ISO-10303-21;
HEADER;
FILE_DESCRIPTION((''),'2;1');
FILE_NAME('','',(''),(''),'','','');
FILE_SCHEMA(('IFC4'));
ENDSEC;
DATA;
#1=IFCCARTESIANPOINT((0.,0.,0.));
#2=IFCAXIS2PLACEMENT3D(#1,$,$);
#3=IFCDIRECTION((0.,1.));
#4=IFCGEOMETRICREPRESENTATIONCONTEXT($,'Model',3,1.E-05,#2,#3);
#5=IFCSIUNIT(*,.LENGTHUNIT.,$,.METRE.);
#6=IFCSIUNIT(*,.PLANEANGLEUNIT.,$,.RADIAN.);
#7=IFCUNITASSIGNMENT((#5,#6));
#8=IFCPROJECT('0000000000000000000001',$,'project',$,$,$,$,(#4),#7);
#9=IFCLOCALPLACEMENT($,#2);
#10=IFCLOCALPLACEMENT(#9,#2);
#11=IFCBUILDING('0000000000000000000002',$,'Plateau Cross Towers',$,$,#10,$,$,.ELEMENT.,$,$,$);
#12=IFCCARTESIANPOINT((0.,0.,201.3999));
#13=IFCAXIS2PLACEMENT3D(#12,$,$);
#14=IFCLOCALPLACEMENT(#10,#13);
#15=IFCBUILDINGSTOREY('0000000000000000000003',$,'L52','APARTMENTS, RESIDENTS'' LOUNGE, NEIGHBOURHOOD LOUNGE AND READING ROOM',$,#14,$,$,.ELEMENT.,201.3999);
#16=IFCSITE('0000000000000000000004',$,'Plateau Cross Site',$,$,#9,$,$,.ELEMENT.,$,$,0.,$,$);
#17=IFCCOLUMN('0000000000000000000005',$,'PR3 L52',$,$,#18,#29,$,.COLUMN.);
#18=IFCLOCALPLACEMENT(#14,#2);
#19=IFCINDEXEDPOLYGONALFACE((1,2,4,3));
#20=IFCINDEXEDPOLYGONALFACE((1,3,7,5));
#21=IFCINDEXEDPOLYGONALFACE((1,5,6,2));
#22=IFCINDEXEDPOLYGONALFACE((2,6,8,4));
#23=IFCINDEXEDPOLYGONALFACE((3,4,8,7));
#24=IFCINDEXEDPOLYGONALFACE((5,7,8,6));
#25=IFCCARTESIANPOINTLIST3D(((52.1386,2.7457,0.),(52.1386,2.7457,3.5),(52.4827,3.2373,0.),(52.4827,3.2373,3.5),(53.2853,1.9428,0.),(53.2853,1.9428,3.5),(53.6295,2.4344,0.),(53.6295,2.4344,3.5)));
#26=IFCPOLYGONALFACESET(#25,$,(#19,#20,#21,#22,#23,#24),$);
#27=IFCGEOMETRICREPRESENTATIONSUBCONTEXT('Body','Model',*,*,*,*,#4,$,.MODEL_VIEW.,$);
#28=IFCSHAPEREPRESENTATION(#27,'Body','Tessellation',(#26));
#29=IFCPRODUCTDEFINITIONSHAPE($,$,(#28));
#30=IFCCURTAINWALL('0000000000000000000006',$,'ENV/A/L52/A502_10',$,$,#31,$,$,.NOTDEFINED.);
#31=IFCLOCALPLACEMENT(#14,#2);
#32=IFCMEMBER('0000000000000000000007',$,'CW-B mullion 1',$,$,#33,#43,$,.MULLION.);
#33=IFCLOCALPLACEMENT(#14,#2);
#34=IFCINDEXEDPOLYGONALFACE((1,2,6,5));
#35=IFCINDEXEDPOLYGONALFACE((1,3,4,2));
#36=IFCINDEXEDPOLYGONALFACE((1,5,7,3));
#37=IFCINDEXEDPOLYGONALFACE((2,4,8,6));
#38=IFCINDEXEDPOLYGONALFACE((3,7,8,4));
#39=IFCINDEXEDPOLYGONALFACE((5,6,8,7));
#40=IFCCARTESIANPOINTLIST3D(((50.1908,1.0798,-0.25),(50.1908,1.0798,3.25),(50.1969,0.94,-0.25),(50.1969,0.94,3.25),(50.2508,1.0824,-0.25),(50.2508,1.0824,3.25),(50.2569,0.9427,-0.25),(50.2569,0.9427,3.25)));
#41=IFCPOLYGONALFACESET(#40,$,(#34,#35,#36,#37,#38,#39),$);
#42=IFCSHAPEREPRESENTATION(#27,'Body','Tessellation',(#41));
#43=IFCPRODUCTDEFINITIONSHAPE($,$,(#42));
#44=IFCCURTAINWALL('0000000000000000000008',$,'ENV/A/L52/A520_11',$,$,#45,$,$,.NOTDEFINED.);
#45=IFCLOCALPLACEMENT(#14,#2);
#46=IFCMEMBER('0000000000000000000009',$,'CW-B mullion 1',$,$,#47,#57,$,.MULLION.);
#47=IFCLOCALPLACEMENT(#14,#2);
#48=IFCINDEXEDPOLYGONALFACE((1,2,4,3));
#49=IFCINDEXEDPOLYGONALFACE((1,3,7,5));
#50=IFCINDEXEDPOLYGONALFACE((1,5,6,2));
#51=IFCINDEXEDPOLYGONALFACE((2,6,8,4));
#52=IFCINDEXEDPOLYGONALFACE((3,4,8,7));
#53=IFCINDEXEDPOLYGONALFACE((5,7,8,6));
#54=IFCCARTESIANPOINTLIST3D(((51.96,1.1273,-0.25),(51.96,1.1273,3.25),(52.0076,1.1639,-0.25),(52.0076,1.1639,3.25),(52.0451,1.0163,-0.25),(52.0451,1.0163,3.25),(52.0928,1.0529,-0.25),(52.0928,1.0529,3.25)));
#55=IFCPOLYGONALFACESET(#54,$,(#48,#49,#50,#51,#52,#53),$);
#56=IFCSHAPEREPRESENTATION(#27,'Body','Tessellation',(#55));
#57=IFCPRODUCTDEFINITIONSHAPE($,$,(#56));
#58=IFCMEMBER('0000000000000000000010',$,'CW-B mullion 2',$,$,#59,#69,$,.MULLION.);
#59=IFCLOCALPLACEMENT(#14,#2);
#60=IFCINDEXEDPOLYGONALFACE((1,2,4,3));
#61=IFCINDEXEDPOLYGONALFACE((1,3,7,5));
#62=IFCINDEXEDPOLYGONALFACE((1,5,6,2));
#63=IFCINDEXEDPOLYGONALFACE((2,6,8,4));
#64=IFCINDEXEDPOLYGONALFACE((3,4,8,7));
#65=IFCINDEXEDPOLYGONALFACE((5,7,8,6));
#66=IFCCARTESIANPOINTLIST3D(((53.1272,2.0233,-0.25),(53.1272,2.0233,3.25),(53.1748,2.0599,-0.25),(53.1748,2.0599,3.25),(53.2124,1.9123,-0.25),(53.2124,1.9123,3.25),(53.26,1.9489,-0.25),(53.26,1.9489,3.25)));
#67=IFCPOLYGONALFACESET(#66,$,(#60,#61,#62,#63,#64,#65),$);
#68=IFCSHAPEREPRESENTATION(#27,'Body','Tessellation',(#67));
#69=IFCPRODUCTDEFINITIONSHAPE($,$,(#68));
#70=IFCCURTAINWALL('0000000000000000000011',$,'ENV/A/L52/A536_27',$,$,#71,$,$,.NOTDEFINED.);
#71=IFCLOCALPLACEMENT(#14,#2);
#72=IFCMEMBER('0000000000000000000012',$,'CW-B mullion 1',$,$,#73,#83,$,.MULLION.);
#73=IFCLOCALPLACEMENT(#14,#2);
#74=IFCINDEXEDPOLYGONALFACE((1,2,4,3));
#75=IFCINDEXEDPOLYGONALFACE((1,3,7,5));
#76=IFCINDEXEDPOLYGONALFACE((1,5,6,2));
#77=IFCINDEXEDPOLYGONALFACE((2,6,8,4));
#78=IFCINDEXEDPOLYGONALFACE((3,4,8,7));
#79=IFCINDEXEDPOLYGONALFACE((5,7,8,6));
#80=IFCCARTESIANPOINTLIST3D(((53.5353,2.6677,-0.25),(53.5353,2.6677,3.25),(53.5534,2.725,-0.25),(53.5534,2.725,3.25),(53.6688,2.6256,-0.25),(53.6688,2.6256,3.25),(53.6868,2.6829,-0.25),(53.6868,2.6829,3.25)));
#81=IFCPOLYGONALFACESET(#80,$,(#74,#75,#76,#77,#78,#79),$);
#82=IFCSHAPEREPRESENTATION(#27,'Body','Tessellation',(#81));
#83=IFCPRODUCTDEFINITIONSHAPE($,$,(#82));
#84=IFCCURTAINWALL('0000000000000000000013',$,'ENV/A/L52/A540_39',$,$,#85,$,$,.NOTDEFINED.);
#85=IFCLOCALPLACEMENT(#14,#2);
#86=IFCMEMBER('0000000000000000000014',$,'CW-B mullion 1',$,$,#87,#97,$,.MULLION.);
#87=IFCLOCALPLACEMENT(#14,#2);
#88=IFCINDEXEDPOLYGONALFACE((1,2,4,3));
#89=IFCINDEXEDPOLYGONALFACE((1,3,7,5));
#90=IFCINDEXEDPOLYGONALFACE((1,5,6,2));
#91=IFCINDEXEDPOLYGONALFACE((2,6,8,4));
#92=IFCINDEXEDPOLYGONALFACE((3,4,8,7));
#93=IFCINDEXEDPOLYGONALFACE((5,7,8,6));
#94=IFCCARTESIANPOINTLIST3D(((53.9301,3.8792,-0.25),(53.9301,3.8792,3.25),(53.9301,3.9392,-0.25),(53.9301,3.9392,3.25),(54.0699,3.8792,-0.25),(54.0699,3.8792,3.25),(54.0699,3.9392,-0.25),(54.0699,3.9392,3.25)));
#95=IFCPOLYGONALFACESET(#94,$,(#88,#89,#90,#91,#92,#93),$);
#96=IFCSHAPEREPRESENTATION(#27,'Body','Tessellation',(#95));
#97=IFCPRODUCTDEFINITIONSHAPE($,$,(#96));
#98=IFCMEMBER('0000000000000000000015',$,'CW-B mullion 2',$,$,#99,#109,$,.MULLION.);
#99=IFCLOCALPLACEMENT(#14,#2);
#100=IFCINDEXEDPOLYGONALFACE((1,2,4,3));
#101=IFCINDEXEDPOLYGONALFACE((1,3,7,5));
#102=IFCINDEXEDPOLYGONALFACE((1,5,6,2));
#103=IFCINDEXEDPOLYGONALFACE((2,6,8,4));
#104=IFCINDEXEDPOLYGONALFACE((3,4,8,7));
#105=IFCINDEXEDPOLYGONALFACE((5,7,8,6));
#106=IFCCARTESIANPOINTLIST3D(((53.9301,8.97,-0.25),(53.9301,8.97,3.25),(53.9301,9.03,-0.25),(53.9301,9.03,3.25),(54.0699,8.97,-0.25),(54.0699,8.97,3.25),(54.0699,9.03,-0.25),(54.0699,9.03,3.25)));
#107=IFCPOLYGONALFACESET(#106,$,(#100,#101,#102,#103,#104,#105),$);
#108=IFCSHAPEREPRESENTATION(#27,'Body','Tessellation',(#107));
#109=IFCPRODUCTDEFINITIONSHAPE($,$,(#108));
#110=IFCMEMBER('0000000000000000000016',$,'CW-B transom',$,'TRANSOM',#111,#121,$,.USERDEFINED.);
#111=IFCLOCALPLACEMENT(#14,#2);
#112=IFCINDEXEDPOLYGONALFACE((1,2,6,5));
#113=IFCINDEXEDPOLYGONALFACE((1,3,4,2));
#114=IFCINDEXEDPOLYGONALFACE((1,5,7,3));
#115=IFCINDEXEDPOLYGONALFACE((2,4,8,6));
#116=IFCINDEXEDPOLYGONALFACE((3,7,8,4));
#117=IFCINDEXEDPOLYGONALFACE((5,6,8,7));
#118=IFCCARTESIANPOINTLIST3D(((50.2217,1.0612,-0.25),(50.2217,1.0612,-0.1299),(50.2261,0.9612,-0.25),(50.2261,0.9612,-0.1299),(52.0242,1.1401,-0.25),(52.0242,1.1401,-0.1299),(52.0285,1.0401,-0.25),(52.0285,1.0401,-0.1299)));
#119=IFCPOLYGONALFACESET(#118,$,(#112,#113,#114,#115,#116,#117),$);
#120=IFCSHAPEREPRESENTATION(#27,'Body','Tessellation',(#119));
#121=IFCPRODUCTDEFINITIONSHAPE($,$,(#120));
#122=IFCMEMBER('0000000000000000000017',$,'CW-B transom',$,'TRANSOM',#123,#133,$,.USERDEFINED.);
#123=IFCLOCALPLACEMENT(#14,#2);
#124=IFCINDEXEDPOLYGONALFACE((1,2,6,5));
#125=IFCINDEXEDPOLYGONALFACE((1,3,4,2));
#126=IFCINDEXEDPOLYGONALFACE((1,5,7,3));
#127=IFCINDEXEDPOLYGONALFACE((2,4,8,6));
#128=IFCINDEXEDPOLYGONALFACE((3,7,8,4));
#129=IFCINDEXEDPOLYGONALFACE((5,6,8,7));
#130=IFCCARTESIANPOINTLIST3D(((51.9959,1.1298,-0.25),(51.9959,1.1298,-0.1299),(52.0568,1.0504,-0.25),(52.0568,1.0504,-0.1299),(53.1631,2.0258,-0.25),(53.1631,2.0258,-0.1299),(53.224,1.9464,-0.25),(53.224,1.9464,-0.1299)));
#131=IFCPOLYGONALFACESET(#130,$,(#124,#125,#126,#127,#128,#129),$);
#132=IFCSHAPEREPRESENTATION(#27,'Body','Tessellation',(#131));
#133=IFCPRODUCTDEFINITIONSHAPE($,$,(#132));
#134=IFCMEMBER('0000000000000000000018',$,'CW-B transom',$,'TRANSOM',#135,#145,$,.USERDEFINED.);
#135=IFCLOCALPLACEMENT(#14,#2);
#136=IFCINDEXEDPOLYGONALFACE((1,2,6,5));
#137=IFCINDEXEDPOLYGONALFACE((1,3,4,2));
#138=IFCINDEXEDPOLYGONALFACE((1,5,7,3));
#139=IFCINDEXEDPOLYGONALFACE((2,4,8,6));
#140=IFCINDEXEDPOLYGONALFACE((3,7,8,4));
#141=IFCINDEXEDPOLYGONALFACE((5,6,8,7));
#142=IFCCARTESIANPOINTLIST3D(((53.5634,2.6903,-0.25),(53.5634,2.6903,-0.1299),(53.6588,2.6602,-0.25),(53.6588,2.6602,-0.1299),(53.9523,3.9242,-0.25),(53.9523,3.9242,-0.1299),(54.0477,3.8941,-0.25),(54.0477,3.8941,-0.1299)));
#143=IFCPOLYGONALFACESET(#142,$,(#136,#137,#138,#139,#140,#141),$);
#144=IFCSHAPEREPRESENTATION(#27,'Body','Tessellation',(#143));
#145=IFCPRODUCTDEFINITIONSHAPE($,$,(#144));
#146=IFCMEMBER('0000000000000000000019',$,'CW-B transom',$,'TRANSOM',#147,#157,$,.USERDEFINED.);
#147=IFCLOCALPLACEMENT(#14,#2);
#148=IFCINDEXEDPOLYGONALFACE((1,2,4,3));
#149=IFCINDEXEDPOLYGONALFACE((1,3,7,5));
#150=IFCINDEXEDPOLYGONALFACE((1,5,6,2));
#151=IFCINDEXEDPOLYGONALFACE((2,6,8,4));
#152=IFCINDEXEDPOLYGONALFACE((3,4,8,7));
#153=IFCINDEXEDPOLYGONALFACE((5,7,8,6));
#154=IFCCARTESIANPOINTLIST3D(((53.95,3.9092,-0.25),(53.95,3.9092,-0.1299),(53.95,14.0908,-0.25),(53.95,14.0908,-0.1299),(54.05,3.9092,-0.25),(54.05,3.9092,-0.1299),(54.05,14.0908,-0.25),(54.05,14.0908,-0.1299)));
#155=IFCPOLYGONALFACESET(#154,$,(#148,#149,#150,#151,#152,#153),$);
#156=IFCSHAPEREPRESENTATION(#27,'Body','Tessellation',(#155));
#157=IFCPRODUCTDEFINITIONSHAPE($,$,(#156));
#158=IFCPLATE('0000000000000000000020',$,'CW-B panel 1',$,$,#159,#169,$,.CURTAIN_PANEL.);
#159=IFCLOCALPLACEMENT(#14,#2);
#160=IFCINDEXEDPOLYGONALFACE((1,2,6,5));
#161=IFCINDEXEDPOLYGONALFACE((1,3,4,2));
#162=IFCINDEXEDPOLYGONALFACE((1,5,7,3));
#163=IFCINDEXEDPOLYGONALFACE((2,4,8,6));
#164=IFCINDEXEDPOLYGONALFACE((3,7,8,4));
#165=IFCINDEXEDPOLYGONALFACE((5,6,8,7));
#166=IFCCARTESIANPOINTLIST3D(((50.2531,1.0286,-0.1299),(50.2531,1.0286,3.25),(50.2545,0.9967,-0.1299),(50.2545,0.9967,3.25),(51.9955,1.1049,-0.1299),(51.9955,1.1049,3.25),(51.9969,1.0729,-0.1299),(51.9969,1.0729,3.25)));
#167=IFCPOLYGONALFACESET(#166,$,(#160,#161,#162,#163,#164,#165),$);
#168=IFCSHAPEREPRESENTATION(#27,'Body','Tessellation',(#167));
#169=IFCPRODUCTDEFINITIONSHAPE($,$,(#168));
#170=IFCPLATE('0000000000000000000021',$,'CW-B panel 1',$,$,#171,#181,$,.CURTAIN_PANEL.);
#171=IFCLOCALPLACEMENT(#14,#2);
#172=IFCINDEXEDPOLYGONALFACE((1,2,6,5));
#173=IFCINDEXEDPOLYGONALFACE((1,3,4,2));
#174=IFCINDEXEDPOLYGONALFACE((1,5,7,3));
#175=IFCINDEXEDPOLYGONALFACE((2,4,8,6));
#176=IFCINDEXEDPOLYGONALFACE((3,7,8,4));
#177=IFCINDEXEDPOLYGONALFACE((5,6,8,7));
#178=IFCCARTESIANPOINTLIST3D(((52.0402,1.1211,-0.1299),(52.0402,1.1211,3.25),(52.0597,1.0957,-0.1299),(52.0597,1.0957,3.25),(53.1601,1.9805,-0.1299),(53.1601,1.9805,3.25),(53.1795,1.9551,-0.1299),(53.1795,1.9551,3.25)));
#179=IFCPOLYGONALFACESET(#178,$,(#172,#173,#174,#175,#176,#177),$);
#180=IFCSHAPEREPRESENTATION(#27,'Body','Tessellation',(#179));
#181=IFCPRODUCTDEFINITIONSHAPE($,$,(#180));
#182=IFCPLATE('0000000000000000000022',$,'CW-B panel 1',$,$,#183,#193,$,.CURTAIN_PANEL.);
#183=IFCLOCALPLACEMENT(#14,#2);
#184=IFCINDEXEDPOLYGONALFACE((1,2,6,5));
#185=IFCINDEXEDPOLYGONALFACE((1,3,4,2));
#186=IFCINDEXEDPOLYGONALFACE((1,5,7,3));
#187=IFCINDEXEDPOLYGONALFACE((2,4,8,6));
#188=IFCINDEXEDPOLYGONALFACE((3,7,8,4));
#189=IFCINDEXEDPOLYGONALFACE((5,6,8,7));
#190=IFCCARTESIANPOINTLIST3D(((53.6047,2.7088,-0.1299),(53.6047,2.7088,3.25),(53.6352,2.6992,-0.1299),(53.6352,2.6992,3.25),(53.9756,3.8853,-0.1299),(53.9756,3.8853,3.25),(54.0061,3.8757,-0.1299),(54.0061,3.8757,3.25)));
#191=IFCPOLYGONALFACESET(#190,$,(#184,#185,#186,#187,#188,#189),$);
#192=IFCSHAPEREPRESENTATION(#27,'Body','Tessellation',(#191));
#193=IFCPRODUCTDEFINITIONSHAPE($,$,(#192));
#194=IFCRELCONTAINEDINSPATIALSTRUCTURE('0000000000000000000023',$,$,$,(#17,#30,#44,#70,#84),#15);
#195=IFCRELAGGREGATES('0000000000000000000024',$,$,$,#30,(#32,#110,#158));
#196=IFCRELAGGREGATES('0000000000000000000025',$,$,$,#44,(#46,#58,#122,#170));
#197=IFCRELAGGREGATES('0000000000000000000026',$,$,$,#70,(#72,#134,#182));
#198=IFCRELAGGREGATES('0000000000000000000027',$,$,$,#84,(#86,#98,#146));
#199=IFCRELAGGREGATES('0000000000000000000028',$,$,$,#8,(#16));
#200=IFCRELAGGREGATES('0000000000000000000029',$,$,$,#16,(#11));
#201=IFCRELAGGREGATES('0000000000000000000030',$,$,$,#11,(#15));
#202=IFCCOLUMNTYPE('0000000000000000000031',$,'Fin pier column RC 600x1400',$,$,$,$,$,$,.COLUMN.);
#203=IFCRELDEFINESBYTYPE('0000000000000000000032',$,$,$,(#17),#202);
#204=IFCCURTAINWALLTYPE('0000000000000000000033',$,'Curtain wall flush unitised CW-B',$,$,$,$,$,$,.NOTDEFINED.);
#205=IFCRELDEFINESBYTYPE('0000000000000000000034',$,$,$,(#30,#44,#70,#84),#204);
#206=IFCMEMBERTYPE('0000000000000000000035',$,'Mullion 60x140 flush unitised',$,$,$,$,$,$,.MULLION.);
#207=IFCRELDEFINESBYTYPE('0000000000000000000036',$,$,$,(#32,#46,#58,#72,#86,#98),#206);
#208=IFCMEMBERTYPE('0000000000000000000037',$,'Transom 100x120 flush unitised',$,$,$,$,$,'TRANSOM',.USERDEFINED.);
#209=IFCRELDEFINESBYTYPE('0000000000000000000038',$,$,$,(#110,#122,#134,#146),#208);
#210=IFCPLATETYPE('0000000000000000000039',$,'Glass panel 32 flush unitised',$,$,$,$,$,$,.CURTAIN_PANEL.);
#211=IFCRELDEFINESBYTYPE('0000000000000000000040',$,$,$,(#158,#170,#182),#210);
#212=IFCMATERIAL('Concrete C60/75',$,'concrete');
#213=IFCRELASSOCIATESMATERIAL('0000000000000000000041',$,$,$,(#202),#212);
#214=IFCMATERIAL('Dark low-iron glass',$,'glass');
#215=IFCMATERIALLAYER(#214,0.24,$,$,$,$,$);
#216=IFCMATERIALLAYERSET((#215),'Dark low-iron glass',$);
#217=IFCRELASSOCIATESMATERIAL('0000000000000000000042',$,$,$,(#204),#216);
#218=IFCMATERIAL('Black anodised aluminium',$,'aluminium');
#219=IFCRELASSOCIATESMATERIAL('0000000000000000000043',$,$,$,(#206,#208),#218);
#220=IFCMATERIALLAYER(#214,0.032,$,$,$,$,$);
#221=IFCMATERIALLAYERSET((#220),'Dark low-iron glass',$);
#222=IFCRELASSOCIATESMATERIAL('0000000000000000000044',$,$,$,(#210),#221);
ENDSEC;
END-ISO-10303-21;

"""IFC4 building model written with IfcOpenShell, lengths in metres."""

from ifc_helpers import new_model, si_unit, direction, frame, origin, origin_2d, place, context, subcontext, project, spatial, rectangle, extrude, material, layer, layer_set, material_profile, profile_set, type_object, element, aggregate, save


model = new_model("IFC4")

# Units and contexts
model_context = context("Model", 3, precision=1e-05, world=origin(), true_north=direction((0.0, 1.0)))
body_context = subcontext(model_context, "Body", "Model", "MODEL_VIEW")
ifc_project = project(units=[si_unit("LENGTHUNIT", "METRE"), si_unit("PLANEANGLEUNIT", "RADIAN")], contexts=[model_context])

# Site, building, storey
site_placement = place(None, origin())
site = spatial("IfcSite", under=ifc_project, at=site_placement, Name="Plateau Cross Site", CompositionType="ELEMENT", RefElevation=0.0)
building_placement = place(site_placement, origin())
building = spatial("IfcBuilding", under=site, at=building_placement, Name="Plateau Cross Towers", CompositionType="ELEMENT")
storey_placement = place(building_placement, frame((0.0, 0.0, 201.3999)))
storey = spatial("IfcBuildingStorey", under=building, at=storey_placement, Name="L52", Description="APARTMENTS, RESIDENTS' LOUNGE, NEIGHBOURHOOD LOUNGE AND READING ROOM", CompositionType="ELEMENT", Elevation=201.3999)

# Column
ifc_material_1 = material(Name="Concrete C60/75", Category="concrete")
ifc_material_profile_1 = material_profile(ifc_material_1, rectangle(XDim=0.6001, YDim=1.3999, at=origin_2d()), Name="RC 600x1400")
ifc_profile_set_1 = profile_set([ifc_material_profile_1], Name="Concrete C60/75")
column_type = type_object("IfcColumnType", Name="Fin pier column RC 600x1400", PredefinedType="COLUMN", material=ifc_profile_set_1)
column_placement = place(storey_placement, frame((52.884, 2.5901, 0.0), z_axis=(0.0, 0.0, 1.0), x_axis=(0.573543, 0.819176, 0.0)))
element("IfcColumn", 1, at=column_placement, inside=storey, type_object=column_type, Name="PR3 L52", PredefinedType="COLUMN", context=body_context, shape_type="SweptSolid", body=[
    extrude(rectangle(XDim=0.6001, YDim=1.3999, at=origin_2d()), origin(), (0.0, 0.0, 1.0), 3.5),
])

# Curtain wall, member
ifc_material_2 = material(Name="Dark low-iron glass", Category="glass")
ifc_layer_1 = layer(ifc_material_2, 0.24)
ifc_layer_set_1 = layer_set([ifc_layer_1], Name="Dark low-iron glass")
curtain_wall_type_1 = type_object("IfcCurtainWallType", Name="Curtain wall flush unitised CW-B", PredefinedType="NOTDEFINED", material=ifc_layer_set_1)
curtain_wall_1_placement = place(storey_placement, origin())
curtain_wall_1 = element("IfcCurtainWall", 2, at=curtain_wall_1_placement, inside=storey, type_object=curtain_wall_type_1, Name="ENV/A/L52/A502_10", PredefinedType="NOTDEFINED")
ifc_material_3 = material(Name="Black anodised aluminium", Category="aluminium")
ifc_material_profile_2 = material_profile(ifc_material_3, rectangle(XDim=0.0601, YDim=0.1399, at=origin_2d()), Name="MULLION 60x140")
ifc_profile_set_2 = profile_set([ifc_material_profile_2], Name="Black anodised aluminium")
member_type_1 = type_object("IfcMemberType", Name="Mullion 60x140 flush unitised", PredefinedType="MULLION", material=ifc_profile_set_2)
member_1_placement = place(storey_placement, frame((50.2239, 1.0112, -0.25), z_axis=(0.0, 0.0, 1.0), x_axis=(0.999044, 0.043723, 0.0)))
member_1 = element("IfcMember", 3, at=member_1_placement, type_object=member_type_1, Name="CW-B mullion 1", PredefinedType="MULLION", context=body_context, shape_type="SweptSolid", body=[
    extrude(rectangle(XDim=0.0601, YDim=0.1399, at=origin_2d()), origin(), (0.0, 0.0, 1.0), 3.5),
])

# Curtain wall, members
curtain_wall_2_placement = place(storey_placement, origin())
curtain_wall_2 = element("IfcCurtainWall", 4, at=curtain_wall_2_placement, inside=storey, type_object=curtain_wall_type_1, Name="ENV/A/L52/A520_11", PredefinedType="NOTDEFINED")
member_2_placement = place(storey_placement, frame((52.0264, 1.0901, -0.25), z_axis=(0.0, 0.0, 1.0), x_axis=(0.793316, 0.608811, 0.0)))
member_2 = element("IfcMember", 5, at=member_2_placement, type_object=member_type_1, Name="CW-B mullion 1", PredefinedType="MULLION", context=body_context, shape_type="SweptSolid", body=[
    extrude(rectangle(XDim=0.0601, YDim=0.1399, at=origin_2d()), origin(), (0.0, 0.0, 1.0), 3.5),
])
member_3_placement = place(storey_placement, frame((53.1936, 1.9861, -0.25), z_axis=(0.0, 0.0, 1.0), x_axis=(0.793316, 0.608811, 0.0)))
member_3 = element("IfcMember", 6, at=member_3_placement, type_object=member_type_1, Name="CW-B mullion 2", PredefinedType="MULLION", context=body_context, shape_type="SweptSolid", body=[
    extrude(rectangle(XDim=0.0601, YDim=0.1399, at=origin_2d()), origin(), (0.0, 0.0, 1.0), 3.5),
])

# Curtain wall, member
curtain_wall_3_placement = place(storey_placement, origin())
curtain_wall_3 = element("IfcCurtainWall", 7, at=curtain_wall_3_placement, inside=storey, type_object=curtain_wall_type_1, Name="ENV/A/L52/A536_27", PredefinedType="NOTDEFINED")
member_4_placement = place(storey_placement, frame((53.6111, 2.6753, -0.25), z_axis=(0.0, 0.0, 1.0), x_axis=(0.300686, 0.953723, 0.0)))
member_4 = element("IfcMember", 8, at=member_4_placement, type_object=member_type_1, Name="CW-B mullion 1", PredefinedType="MULLION", context=body_context, shape_type="SweptSolid", body=[
    extrude(rectangle(XDim=0.0601, YDim=0.1399, at=origin_2d()), origin(), (0.0, 0.0, 1.0), 3.5),
])

# Curtain wall, members
curtain_wall_4_placement = place(storey_placement, origin())
curtain_wall_4 = element("IfcCurtainWall", 9, at=curtain_wall_4_placement, inside=storey, type_object=curtain_wall_type_1, Name="ENV/A/L52/A540_39", PredefinedType="NOTDEFINED")
member_5_placement = place(storey_placement, frame((54.0, 3.9092, -0.25), z_axis=(0.0, 0.0, 1.0), x_axis=(0.0, 1.0, 0.0)))
member_5 = element("IfcMember", 10, at=member_5_placement, type_object=member_type_1, Name="CW-B mullion 1", PredefinedType="MULLION", context=body_context, shape_type="SweptSolid", body=[
    extrude(rectangle(XDim=0.0601, YDim=0.1399, at=origin_2d()), origin(), (0.0, 0.0, 1.0), 3.5),
])
member_6_placement = place(storey_placement, frame((54.0, 9.0, -0.25), z_axis=(0.0, 0.0, 1.0), x_axis=(0.0, 1.0, 0.0)))
member_6 = element("IfcMember", 11, at=member_6_placement, type_object=member_type_1, Name="CW-B mullion 2", PredefinedType="MULLION", context=body_context, shape_type="SweptSolid", body=[
    extrude(rectangle(XDim=0.0601, YDim=0.1399, at=origin_2d()), origin(), (0.0, 0.0, 1.0), 3.5),
])

# Members
ifc_material_profile_3 = material_profile(ifc_material_3, rectangle(XDim=0.1001, YDim=0.1201, at=origin_2d()), Name="TRANSOM 100x120")
ifc_profile_set_3 = profile_set([ifc_material_profile_3], Name="Black anodised aluminium")
member_type_2 = type_object("IfcMemberType", Name="Transom 100x120 flush unitised", ElementType="TRANSOM", PredefinedType="USERDEFINED", material=ifc_profile_set_3)
member_7_placement = place(storey_placement, frame((50.2239, 1.0112, -0.1899), z_axis=(0.999044, 0.043707, 0.0), x_axis=(-0.043707, 0.999044, 0.0)))
member_7 = element("IfcMember", 12, at=member_7_placement, type_object=member_type_2, Name="CW-B transom", ObjectType="TRANSOM", PredefinedType="USERDEFINED", context=body_context, shape_type="SweptSolid", body=[
    extrude(rectangle(XDim=0.1001, YDim=0.1201, at=origin_2d()), origin(), (0.0, 0.0, 1.0), 1.8042),
])
member_8_placement = place(storey_placement, frame((52.0264, 1.0901, -0.1899), z_axis=(0.79324, 0.608909, 0.0), x_axis=(-0.608909, 0.79324, 0.0)))
member_8 = element("IfcMember", 13, at=member_8_placement, type_object=member_type_2, Name="CW-B transom", ObjectType="TRANSOM", PredefinedType="USERDEFINED", context=body_context, shape_type="SweptSolid", body=[
    extrude(rectangle(XDim=0.1001, YDim=0.1201, at=origin_2d()), origin(), (0.0, 0.0, 1.0), 1.4714),
])
member_9_placement = place(storey_placement, frame((53.6111, 2.6753, -0.1899), z_axis=(0.300617, 0.953745, 0.0), x_axis=(-0.953745, 0.300617, 0.0)))
member_9 = element("IfcMember", 14, at=member_9_placement, type_object=member_type_2, Name="CW-B transom", ObjectType="TRANSOM", PredefinedType="USERDEFINED", context=body_context, shape_type="SweptSolid", body=[
    extrude(rectangle(XDim=0.1001, YDim=0.1201, at=origin_2d()), origin(), (0.0, 0.0, 1.0), 1.2937),
])
member_10_placement = place(storey_placement, frame((54.0, 3.9092, -0.1899), z_axis=(0.0, 1.0, 0.0), x_axis=(-1.0, 0.0, 0.0)))
member_10 = element("IfcMember", 15, at=member_10_placement, type_object=member_type_2, Name="CW-B transom", ObjectType="TRANSOM", PredefinedType="USERDEFINED", context=body_context, shape_type="SweptSolid", body=[
    extrude(rectangle(XDim=0.1001, YDim=0.1201, at=origin_2d()), origin(), (0.0, 0.0, 1.0), 10.1816),
])

# Plates
ifc_layer_2 = layer(ifc_material_2, 0.032)
ifc_layer_set_2 = layer_set([ifc_layer_2], Name="Dark low-iron glass")
plate_type_1 = type_object("IfcPlateType", Name="Glass panel 32 flush unitised", PredefinedType="CURTAIN_PANEL", material=ifc_layer_set_2)
plate_1_placement = place(storey_placement, frame((51.125, 1.0508, -0.1299), z_axis=(0.0, 0.0, 1.0), x_axis=(0.999044, 0.043723, 0.0)))
plate_1 = element("IfcPlate", 16, at=plate_1_placement, type_object=plate_type_1, Name="CW-B panel 1", PredefinedType="CURTAIN_PANEL", context=body_context, shape_type="SweptSolid", body=[
    extrude(rectangle(XDim=1.7441, YDim=0.032, at=origin_2d()), origin(), (0.0, 0.0, 1.0), 3.3799),
])
aggregate(curtain_wall_1, [member_1, member_7, plate_1])
plate_2_placement = place(storey_placement, frame((52.6099, 1.5381, -0.1299), z_axis=(0.0, 0.0, 1.0), x_axis=(0.793316, 0.608811, 0.0)))
plate_2 = element("IfcPlate", 17, at=plate_2_placement, type_object=plate_type_1, Name="CW-B panel 1", PredefinedType="CURTAIN_PANEL", context=body_context, shape_type="SweptSolid", body=[
    extrude(rectangle(XDim=1.4116, YDim=0.032, at=origin_2d()), origin(), (0.0, 0.0, 1.0), 3.3799),
])
aggregate(curtain_wall_2, [member_2, member_3, member_8, plate_2])
plate_3_placement = place(storey_placement, frame((53.8054, 3.2922, -0.1299), z_axis=(0.0, 0.0, 1.0), x_axis=(0.300686, 0.953723, 0.0)))
plate_3 = element("IfcPlate", 18, at=plate_3_placement, type_object=plate_type_1, Name="CW-B panel 1", PredefinedType="CURTAIN_PANEL", context=body_context, shape_type="SweptSolid", body=[
    extrude(rectangle(XDim=1.2336, YDim=0.032, at=origin_2d()), origin(), (0.0, 0.0, 1.0), 3.3799),
])
aggregate(curtain_wall_3, [member_4, member_9, plate_3])
aggregate(curtain_wall_4, [member_5, member_6, member_10])

save(model, "model.ifc")
